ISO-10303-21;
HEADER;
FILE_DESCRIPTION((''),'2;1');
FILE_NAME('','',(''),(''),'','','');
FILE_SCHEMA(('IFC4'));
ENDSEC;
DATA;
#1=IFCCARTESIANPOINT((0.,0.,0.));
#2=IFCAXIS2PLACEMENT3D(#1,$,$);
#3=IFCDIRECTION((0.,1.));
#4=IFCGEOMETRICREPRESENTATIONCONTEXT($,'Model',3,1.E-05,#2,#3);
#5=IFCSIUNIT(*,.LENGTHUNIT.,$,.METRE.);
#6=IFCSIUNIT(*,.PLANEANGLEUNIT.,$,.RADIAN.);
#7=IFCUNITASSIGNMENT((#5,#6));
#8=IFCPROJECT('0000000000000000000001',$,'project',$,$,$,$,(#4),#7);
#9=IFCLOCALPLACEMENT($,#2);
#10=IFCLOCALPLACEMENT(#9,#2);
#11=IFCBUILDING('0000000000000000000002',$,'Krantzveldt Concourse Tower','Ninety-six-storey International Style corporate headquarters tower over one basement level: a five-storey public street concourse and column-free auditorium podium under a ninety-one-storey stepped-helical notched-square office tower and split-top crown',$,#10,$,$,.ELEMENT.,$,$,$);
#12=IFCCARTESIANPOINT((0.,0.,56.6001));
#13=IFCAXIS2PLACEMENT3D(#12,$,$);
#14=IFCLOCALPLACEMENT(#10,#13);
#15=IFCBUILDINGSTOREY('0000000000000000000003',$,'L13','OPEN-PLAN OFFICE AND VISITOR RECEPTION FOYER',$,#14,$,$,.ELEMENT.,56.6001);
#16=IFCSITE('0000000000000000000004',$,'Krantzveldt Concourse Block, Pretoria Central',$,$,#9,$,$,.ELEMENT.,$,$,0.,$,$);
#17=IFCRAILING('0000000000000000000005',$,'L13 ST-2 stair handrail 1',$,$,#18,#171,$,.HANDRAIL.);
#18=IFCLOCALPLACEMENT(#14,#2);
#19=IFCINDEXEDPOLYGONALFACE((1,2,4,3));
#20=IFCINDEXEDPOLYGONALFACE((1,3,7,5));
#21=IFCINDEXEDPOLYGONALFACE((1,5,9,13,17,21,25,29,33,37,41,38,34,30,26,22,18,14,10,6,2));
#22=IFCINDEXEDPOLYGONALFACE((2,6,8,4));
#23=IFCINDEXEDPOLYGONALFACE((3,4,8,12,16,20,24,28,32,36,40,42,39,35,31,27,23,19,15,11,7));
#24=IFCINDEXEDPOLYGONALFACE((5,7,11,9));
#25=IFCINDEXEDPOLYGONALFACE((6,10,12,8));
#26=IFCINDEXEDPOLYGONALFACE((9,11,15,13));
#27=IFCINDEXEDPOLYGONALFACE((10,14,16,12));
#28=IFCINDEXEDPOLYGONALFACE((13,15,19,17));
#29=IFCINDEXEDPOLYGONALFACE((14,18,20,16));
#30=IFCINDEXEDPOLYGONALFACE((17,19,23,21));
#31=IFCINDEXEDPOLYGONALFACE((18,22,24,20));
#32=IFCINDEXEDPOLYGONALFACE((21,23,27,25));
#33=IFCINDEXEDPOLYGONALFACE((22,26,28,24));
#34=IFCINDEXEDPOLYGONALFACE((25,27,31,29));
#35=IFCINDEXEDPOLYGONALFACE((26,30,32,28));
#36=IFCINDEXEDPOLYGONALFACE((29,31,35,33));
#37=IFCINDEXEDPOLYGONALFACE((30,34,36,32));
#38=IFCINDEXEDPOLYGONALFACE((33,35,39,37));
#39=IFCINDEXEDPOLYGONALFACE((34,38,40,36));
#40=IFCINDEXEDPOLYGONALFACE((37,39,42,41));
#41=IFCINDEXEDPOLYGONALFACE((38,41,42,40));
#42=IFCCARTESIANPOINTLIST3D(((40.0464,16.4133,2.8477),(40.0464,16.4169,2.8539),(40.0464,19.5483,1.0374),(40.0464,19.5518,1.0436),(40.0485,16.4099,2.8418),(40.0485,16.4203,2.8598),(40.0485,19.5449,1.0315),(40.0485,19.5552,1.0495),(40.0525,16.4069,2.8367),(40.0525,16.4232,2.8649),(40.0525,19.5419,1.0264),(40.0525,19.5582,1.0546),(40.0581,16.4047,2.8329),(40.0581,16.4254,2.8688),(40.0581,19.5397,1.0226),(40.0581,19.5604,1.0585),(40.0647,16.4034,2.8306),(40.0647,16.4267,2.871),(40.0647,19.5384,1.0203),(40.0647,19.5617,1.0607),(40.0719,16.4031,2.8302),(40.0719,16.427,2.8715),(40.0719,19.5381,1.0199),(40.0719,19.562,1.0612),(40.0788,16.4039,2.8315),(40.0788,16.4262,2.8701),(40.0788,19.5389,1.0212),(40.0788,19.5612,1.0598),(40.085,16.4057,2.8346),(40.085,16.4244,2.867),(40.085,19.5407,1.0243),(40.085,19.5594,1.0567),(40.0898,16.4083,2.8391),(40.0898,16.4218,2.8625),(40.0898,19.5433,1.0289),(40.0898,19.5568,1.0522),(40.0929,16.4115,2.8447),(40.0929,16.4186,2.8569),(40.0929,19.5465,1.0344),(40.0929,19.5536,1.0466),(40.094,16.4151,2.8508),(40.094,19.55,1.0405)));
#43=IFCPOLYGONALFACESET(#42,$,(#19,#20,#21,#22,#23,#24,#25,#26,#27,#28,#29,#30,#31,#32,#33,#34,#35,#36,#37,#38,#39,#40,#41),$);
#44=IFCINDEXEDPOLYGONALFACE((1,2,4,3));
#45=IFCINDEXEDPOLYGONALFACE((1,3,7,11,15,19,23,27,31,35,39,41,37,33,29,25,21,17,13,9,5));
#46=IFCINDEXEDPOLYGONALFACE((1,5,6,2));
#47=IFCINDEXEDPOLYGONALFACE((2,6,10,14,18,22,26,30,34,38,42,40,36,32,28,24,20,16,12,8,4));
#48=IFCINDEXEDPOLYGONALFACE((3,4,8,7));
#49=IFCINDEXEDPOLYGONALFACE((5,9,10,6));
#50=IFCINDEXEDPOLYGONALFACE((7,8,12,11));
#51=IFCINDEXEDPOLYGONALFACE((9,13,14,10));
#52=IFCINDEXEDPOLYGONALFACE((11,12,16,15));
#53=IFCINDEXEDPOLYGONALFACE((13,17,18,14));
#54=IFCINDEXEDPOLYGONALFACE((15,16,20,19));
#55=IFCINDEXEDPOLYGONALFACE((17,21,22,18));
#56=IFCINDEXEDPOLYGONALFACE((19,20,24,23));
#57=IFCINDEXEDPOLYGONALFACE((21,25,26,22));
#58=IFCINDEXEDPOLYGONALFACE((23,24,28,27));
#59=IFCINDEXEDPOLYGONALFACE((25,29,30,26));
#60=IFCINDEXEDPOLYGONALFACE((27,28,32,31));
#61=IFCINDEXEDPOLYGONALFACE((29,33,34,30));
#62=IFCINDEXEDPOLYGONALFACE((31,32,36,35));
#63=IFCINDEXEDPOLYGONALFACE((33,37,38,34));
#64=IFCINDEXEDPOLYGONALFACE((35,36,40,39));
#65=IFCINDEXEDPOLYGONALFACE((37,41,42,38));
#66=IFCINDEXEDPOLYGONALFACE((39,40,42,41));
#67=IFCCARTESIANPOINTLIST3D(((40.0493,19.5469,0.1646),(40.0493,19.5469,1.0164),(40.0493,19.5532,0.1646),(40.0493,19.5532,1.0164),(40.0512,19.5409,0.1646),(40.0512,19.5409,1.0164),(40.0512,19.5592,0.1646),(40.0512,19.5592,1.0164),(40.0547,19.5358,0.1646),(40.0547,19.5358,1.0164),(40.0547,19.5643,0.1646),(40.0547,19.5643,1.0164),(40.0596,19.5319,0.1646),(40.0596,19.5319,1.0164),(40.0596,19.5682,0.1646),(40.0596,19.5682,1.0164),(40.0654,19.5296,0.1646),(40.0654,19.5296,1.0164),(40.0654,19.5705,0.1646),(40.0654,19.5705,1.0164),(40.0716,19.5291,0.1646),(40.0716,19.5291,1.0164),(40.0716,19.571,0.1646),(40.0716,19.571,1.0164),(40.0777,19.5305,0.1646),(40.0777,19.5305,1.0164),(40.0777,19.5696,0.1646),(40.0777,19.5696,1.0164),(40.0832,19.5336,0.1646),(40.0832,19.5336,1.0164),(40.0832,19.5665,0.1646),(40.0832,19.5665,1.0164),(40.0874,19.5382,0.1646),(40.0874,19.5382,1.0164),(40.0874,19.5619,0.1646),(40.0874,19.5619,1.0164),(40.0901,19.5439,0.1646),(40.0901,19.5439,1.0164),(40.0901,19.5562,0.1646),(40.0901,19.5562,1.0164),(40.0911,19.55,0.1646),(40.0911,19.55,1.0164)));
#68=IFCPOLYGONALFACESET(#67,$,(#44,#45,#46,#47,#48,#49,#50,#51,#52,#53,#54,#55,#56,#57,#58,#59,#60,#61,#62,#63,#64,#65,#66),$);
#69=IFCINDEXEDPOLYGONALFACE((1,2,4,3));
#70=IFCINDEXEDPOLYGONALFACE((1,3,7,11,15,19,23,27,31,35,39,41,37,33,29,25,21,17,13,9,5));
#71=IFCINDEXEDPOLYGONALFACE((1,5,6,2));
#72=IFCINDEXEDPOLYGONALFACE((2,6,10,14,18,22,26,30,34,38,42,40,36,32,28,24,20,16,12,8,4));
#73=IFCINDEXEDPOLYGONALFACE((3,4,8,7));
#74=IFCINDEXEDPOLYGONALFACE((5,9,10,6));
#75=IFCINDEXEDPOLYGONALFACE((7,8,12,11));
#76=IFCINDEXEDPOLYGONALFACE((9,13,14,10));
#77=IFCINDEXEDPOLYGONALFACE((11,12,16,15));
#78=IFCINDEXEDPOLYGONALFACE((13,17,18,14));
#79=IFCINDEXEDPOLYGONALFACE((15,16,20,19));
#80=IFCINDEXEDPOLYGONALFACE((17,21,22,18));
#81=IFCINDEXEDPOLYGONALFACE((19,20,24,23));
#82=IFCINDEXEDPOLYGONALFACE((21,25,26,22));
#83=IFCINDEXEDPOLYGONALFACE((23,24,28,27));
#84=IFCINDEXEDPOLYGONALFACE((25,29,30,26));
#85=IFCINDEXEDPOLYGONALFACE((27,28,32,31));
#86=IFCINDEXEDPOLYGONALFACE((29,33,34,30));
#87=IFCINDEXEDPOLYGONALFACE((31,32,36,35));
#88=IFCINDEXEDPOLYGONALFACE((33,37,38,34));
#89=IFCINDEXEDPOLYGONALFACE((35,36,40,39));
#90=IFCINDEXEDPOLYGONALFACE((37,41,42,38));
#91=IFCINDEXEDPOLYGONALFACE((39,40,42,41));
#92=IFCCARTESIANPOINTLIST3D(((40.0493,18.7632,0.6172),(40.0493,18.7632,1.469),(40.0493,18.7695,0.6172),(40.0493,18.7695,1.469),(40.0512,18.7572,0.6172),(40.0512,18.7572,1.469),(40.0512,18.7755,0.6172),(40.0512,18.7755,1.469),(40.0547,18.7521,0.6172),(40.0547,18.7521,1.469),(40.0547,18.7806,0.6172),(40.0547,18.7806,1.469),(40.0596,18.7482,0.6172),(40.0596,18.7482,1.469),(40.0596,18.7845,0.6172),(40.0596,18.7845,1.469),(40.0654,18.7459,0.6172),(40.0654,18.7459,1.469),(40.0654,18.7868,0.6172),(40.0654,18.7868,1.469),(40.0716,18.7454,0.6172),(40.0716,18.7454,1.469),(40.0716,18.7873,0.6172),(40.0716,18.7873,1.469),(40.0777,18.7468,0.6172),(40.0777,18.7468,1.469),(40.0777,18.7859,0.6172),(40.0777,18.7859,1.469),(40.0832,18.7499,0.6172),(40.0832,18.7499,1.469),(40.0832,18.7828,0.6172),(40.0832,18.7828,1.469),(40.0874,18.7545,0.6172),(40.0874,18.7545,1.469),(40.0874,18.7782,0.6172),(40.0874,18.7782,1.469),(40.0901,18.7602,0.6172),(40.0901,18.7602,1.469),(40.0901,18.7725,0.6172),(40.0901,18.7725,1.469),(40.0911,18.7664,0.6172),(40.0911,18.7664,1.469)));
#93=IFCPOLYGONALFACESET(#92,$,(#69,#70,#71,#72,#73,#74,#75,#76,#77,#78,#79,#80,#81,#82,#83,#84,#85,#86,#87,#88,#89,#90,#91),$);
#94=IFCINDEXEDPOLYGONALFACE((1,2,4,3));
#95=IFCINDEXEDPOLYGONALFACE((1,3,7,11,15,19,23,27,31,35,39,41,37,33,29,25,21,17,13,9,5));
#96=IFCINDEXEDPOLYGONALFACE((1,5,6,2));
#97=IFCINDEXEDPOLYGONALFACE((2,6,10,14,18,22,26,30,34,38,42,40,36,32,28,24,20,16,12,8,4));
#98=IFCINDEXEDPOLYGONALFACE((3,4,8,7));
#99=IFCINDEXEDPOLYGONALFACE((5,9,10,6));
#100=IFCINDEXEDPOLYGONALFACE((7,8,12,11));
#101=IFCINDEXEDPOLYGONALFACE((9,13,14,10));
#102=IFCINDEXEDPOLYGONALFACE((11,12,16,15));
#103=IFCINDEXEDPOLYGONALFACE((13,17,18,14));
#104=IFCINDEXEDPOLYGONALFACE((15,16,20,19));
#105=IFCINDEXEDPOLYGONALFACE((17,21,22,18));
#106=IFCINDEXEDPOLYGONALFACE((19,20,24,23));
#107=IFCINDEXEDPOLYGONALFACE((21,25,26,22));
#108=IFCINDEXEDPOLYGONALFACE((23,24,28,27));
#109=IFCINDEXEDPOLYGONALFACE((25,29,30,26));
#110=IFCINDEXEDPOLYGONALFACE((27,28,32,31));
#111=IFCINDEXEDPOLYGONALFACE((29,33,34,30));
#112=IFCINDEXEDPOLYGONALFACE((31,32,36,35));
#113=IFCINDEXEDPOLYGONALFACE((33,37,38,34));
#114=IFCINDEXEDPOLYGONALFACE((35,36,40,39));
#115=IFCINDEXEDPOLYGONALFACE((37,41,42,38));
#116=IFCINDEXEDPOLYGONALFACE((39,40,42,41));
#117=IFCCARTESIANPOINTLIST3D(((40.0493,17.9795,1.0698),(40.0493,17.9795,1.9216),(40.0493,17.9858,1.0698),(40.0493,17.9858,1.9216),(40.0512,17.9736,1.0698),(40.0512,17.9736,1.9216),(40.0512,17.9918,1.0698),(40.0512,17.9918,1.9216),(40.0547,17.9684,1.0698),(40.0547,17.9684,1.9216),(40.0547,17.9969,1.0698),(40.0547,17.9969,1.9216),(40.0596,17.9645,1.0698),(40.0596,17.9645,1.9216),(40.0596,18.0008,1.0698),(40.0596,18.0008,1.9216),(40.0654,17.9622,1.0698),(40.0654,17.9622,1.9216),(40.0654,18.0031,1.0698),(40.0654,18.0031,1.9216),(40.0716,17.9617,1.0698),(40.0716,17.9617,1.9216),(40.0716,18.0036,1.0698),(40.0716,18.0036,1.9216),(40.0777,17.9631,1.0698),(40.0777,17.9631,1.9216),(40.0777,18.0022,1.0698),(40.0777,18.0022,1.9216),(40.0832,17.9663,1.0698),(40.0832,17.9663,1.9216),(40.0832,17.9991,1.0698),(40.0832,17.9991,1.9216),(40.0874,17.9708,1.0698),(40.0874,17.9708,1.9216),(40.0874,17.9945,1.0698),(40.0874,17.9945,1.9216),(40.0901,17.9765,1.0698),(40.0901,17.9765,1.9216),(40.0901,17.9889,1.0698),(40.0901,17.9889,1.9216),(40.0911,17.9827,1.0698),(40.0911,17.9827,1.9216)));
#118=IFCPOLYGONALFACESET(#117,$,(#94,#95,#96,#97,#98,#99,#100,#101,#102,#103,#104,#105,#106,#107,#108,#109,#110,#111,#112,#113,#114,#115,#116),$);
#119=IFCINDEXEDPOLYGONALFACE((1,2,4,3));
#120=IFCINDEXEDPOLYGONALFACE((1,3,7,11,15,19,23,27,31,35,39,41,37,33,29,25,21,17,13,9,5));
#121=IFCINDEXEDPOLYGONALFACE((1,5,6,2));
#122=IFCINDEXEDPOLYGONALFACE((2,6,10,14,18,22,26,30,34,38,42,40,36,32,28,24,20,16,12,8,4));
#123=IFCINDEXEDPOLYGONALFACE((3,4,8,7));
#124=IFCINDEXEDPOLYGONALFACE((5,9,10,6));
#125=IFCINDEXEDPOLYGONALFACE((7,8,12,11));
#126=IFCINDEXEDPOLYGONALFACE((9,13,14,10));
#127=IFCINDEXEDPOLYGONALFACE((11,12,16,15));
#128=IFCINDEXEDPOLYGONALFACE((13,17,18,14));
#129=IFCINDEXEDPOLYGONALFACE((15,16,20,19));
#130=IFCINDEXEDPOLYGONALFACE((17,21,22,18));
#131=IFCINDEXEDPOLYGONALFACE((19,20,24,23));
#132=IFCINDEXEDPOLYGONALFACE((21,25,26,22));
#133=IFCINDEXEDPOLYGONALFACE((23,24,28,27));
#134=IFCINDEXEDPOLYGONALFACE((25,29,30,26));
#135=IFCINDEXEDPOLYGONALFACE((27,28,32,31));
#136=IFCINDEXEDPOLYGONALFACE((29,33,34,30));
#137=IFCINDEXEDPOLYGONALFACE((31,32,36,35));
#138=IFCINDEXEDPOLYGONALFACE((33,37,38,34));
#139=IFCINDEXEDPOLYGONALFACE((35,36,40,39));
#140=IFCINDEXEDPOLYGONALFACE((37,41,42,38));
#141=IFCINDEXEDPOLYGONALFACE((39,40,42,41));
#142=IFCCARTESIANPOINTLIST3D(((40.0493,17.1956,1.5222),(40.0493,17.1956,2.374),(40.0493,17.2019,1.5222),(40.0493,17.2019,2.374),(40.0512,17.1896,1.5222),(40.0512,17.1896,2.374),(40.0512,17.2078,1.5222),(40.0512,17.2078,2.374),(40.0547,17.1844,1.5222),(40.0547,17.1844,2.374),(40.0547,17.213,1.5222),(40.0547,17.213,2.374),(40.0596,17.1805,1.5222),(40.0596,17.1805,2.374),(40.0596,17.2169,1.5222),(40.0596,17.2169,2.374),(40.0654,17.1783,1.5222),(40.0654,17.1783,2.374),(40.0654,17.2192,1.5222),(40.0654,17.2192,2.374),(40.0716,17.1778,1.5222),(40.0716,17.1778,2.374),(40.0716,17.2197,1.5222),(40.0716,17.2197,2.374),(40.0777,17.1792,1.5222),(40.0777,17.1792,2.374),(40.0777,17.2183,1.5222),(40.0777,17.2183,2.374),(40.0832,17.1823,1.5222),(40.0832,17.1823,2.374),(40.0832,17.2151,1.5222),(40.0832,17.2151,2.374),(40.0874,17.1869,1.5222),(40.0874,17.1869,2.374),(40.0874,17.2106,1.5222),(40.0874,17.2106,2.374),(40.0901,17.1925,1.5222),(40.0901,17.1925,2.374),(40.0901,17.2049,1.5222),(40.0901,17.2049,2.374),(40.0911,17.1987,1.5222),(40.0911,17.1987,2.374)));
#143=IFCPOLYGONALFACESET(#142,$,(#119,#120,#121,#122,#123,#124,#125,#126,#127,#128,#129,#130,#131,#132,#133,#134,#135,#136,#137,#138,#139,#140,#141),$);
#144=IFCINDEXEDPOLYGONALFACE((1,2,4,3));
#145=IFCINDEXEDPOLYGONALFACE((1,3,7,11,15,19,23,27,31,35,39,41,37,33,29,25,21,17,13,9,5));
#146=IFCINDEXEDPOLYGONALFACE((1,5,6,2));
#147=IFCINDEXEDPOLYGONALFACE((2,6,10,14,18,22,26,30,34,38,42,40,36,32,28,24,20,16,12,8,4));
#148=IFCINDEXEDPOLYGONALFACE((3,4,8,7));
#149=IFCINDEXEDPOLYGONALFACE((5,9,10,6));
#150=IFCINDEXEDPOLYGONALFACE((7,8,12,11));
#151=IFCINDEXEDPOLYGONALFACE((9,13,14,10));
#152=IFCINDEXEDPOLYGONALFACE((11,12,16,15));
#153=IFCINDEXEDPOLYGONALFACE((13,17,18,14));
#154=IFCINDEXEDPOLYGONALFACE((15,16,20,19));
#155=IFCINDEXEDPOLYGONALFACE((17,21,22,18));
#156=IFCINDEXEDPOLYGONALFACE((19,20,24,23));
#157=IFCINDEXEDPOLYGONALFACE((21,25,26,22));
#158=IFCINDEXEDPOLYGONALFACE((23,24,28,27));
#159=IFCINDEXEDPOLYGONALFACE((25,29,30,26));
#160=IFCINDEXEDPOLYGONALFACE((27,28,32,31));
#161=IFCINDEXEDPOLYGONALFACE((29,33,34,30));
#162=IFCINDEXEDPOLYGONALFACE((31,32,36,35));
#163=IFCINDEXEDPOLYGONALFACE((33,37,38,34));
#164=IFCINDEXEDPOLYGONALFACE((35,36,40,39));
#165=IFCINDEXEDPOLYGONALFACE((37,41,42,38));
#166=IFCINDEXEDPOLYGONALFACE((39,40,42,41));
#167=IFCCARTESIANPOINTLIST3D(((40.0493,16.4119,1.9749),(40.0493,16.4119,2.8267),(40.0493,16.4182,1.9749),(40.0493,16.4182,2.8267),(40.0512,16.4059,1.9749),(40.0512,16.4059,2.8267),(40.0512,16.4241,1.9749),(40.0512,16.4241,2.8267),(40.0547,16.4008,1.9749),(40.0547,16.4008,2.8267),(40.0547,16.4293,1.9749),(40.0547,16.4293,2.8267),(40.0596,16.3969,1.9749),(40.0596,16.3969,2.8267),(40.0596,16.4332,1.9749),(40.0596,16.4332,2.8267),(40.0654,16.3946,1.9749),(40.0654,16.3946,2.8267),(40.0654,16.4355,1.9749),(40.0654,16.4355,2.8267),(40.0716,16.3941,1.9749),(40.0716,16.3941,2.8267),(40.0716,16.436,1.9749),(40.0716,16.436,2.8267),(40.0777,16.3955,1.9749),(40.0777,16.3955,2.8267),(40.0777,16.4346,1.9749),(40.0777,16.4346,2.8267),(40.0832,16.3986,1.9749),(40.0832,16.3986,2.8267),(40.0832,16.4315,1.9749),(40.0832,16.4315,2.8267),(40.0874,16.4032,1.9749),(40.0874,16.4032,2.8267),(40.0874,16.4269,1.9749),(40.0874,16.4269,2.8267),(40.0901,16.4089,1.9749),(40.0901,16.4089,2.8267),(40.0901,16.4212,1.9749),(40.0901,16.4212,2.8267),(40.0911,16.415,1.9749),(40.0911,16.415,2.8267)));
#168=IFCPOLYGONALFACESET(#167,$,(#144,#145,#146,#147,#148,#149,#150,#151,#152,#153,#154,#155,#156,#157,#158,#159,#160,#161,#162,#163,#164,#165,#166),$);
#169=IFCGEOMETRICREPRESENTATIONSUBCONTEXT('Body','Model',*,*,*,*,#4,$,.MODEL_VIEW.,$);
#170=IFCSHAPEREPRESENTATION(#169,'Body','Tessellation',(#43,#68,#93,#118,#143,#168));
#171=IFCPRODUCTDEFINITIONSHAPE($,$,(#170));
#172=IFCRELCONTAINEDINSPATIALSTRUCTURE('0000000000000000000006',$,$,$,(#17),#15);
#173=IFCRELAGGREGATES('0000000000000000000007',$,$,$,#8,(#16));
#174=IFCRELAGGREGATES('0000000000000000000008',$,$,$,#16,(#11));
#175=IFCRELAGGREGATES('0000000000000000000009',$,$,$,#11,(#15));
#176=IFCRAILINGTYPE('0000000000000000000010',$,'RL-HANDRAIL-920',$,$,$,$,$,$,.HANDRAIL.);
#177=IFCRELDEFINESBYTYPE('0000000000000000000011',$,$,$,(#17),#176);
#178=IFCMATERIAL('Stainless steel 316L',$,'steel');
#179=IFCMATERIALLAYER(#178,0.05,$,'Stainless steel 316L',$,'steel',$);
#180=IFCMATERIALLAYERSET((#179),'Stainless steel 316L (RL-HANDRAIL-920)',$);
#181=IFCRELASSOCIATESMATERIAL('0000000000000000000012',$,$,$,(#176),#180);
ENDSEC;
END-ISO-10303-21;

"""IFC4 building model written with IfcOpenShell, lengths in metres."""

from ifc_helpers import new_model, si_unit, direction, frame, origin, origin_2d, place, context, subcontext, project, spatial, circle, extrude, material, layer, layer_set, type_object, element, save


model = new_model("IFC4")

# Units and contexts
model_context = context("Model", 3, precision=1e-05, world=origin(), true_north=direction((0.0, 1.0)))
body_context = subcontext(model_context, "Body", "Model", "MODEL_VIEW")
ifc_project = project(units=[si_unit("LENGTHUNIT", "METRE"), si_unit("PLANEANGLEUNIT", "RADIAN")], contexts=[model_context])

# Site, building, storey
site_placement = place(None, origin())
site = spatial("IfcSite", under=ifc_project, at=site_placement, Name="Krantzveldt Concourse Block, Pretoria Central", CompositionType="ELEMENT", RefElevation=0.0)
building_placement = place(site_placement, origin())
building = spatial("IfcBuilding", under=site, at=building_placement, Name="Krantzveldt Concourse Tower", Description="Ninety-six-storey International Style corporate headquarters tower over one basement level: a five-storey public street concourse and column-free auditorium podium under a ninety-one-storey stepped-helical notched-square office tower and split-top crown", CompositionType="ELEMENT")
storey_placement = place(building_placement, frame((0.0, 0.0, 56.6001)))
storey = spatial("IfcBuildingStorey", under=building, at=storey_placement, Name="L13", Description="OPEN-PLAN OFFICE AND VISITOR RECEPTION FOYER", CompositionType="ELEMENT", Elevation=56.6001)

# Shared definitions
ifc_material_1 = material(Name="Stainless steel 316L", Category="steel")

# Railing
ifc_layer_1 = layer(ifc_material_1, 0.05, Name="Stainless steel 316L", Category="steel")
ifc_layer_set_1 = layer_set([ifc_layer_1], Name="Stainless steel 316L (RL-HANDRAIL-920)")
railing_type_1 = type_object("IfcRailingType", Name="RL-HANDRAIL-920", PredefinedType="HANDRAIL", material=ifc_layer_set_1)
railing_1_placement = place(storey_placement, frame((40.0701, 19.55, 0.1646)))
element("IfcRailing", 1, at=railing_1_placement, inside=storey, type_object=railing_type_1, Name="L13 ST-2 stair handrail 1", PredefinedType="HANDRAIL", context=body_context, shape_type="SweptSolid", body=[
    extrude(circle(Radius=0.0239, at=origin_2d()), frame((0.0, 0.0, 0.876), z_axis=(0.0, -0.865989, 0.500063), x_axis=(1.0, 0.0, 0.0)), (0.0, 0.0, 1.0), 3.6201),
    extrude(circle(Radius=0.021, at=origin_2d()), origin(), (0.0, 0.0, 1.0), 0.8518),
    extrude(circle(Radius=0.021, at=origin_2d()), frame((0.0, -0.7837, 0.4526)), (0.0, 0.0, 1.0), 0.8518),
    extrude(circle(Radius=0.021, at=origin_2d()), frame((0.0, -1.5674, 0.9053)), (0.0, 0.0, 1.0), 0.8518),
    extrude(circle(Radius=0.021, at=origin_2d()), frame((0.0, -2.3513, 1.3577)), (0.0, 0.0, 1.0), 0.8518),
    extrude(circle(Radius=0.021, at=origin_2d()), frame((0.0, -3.135, 1.8103)), (0.0, 0.0, 1.0), 0.8518),
])

save(model, "model.ifc")
